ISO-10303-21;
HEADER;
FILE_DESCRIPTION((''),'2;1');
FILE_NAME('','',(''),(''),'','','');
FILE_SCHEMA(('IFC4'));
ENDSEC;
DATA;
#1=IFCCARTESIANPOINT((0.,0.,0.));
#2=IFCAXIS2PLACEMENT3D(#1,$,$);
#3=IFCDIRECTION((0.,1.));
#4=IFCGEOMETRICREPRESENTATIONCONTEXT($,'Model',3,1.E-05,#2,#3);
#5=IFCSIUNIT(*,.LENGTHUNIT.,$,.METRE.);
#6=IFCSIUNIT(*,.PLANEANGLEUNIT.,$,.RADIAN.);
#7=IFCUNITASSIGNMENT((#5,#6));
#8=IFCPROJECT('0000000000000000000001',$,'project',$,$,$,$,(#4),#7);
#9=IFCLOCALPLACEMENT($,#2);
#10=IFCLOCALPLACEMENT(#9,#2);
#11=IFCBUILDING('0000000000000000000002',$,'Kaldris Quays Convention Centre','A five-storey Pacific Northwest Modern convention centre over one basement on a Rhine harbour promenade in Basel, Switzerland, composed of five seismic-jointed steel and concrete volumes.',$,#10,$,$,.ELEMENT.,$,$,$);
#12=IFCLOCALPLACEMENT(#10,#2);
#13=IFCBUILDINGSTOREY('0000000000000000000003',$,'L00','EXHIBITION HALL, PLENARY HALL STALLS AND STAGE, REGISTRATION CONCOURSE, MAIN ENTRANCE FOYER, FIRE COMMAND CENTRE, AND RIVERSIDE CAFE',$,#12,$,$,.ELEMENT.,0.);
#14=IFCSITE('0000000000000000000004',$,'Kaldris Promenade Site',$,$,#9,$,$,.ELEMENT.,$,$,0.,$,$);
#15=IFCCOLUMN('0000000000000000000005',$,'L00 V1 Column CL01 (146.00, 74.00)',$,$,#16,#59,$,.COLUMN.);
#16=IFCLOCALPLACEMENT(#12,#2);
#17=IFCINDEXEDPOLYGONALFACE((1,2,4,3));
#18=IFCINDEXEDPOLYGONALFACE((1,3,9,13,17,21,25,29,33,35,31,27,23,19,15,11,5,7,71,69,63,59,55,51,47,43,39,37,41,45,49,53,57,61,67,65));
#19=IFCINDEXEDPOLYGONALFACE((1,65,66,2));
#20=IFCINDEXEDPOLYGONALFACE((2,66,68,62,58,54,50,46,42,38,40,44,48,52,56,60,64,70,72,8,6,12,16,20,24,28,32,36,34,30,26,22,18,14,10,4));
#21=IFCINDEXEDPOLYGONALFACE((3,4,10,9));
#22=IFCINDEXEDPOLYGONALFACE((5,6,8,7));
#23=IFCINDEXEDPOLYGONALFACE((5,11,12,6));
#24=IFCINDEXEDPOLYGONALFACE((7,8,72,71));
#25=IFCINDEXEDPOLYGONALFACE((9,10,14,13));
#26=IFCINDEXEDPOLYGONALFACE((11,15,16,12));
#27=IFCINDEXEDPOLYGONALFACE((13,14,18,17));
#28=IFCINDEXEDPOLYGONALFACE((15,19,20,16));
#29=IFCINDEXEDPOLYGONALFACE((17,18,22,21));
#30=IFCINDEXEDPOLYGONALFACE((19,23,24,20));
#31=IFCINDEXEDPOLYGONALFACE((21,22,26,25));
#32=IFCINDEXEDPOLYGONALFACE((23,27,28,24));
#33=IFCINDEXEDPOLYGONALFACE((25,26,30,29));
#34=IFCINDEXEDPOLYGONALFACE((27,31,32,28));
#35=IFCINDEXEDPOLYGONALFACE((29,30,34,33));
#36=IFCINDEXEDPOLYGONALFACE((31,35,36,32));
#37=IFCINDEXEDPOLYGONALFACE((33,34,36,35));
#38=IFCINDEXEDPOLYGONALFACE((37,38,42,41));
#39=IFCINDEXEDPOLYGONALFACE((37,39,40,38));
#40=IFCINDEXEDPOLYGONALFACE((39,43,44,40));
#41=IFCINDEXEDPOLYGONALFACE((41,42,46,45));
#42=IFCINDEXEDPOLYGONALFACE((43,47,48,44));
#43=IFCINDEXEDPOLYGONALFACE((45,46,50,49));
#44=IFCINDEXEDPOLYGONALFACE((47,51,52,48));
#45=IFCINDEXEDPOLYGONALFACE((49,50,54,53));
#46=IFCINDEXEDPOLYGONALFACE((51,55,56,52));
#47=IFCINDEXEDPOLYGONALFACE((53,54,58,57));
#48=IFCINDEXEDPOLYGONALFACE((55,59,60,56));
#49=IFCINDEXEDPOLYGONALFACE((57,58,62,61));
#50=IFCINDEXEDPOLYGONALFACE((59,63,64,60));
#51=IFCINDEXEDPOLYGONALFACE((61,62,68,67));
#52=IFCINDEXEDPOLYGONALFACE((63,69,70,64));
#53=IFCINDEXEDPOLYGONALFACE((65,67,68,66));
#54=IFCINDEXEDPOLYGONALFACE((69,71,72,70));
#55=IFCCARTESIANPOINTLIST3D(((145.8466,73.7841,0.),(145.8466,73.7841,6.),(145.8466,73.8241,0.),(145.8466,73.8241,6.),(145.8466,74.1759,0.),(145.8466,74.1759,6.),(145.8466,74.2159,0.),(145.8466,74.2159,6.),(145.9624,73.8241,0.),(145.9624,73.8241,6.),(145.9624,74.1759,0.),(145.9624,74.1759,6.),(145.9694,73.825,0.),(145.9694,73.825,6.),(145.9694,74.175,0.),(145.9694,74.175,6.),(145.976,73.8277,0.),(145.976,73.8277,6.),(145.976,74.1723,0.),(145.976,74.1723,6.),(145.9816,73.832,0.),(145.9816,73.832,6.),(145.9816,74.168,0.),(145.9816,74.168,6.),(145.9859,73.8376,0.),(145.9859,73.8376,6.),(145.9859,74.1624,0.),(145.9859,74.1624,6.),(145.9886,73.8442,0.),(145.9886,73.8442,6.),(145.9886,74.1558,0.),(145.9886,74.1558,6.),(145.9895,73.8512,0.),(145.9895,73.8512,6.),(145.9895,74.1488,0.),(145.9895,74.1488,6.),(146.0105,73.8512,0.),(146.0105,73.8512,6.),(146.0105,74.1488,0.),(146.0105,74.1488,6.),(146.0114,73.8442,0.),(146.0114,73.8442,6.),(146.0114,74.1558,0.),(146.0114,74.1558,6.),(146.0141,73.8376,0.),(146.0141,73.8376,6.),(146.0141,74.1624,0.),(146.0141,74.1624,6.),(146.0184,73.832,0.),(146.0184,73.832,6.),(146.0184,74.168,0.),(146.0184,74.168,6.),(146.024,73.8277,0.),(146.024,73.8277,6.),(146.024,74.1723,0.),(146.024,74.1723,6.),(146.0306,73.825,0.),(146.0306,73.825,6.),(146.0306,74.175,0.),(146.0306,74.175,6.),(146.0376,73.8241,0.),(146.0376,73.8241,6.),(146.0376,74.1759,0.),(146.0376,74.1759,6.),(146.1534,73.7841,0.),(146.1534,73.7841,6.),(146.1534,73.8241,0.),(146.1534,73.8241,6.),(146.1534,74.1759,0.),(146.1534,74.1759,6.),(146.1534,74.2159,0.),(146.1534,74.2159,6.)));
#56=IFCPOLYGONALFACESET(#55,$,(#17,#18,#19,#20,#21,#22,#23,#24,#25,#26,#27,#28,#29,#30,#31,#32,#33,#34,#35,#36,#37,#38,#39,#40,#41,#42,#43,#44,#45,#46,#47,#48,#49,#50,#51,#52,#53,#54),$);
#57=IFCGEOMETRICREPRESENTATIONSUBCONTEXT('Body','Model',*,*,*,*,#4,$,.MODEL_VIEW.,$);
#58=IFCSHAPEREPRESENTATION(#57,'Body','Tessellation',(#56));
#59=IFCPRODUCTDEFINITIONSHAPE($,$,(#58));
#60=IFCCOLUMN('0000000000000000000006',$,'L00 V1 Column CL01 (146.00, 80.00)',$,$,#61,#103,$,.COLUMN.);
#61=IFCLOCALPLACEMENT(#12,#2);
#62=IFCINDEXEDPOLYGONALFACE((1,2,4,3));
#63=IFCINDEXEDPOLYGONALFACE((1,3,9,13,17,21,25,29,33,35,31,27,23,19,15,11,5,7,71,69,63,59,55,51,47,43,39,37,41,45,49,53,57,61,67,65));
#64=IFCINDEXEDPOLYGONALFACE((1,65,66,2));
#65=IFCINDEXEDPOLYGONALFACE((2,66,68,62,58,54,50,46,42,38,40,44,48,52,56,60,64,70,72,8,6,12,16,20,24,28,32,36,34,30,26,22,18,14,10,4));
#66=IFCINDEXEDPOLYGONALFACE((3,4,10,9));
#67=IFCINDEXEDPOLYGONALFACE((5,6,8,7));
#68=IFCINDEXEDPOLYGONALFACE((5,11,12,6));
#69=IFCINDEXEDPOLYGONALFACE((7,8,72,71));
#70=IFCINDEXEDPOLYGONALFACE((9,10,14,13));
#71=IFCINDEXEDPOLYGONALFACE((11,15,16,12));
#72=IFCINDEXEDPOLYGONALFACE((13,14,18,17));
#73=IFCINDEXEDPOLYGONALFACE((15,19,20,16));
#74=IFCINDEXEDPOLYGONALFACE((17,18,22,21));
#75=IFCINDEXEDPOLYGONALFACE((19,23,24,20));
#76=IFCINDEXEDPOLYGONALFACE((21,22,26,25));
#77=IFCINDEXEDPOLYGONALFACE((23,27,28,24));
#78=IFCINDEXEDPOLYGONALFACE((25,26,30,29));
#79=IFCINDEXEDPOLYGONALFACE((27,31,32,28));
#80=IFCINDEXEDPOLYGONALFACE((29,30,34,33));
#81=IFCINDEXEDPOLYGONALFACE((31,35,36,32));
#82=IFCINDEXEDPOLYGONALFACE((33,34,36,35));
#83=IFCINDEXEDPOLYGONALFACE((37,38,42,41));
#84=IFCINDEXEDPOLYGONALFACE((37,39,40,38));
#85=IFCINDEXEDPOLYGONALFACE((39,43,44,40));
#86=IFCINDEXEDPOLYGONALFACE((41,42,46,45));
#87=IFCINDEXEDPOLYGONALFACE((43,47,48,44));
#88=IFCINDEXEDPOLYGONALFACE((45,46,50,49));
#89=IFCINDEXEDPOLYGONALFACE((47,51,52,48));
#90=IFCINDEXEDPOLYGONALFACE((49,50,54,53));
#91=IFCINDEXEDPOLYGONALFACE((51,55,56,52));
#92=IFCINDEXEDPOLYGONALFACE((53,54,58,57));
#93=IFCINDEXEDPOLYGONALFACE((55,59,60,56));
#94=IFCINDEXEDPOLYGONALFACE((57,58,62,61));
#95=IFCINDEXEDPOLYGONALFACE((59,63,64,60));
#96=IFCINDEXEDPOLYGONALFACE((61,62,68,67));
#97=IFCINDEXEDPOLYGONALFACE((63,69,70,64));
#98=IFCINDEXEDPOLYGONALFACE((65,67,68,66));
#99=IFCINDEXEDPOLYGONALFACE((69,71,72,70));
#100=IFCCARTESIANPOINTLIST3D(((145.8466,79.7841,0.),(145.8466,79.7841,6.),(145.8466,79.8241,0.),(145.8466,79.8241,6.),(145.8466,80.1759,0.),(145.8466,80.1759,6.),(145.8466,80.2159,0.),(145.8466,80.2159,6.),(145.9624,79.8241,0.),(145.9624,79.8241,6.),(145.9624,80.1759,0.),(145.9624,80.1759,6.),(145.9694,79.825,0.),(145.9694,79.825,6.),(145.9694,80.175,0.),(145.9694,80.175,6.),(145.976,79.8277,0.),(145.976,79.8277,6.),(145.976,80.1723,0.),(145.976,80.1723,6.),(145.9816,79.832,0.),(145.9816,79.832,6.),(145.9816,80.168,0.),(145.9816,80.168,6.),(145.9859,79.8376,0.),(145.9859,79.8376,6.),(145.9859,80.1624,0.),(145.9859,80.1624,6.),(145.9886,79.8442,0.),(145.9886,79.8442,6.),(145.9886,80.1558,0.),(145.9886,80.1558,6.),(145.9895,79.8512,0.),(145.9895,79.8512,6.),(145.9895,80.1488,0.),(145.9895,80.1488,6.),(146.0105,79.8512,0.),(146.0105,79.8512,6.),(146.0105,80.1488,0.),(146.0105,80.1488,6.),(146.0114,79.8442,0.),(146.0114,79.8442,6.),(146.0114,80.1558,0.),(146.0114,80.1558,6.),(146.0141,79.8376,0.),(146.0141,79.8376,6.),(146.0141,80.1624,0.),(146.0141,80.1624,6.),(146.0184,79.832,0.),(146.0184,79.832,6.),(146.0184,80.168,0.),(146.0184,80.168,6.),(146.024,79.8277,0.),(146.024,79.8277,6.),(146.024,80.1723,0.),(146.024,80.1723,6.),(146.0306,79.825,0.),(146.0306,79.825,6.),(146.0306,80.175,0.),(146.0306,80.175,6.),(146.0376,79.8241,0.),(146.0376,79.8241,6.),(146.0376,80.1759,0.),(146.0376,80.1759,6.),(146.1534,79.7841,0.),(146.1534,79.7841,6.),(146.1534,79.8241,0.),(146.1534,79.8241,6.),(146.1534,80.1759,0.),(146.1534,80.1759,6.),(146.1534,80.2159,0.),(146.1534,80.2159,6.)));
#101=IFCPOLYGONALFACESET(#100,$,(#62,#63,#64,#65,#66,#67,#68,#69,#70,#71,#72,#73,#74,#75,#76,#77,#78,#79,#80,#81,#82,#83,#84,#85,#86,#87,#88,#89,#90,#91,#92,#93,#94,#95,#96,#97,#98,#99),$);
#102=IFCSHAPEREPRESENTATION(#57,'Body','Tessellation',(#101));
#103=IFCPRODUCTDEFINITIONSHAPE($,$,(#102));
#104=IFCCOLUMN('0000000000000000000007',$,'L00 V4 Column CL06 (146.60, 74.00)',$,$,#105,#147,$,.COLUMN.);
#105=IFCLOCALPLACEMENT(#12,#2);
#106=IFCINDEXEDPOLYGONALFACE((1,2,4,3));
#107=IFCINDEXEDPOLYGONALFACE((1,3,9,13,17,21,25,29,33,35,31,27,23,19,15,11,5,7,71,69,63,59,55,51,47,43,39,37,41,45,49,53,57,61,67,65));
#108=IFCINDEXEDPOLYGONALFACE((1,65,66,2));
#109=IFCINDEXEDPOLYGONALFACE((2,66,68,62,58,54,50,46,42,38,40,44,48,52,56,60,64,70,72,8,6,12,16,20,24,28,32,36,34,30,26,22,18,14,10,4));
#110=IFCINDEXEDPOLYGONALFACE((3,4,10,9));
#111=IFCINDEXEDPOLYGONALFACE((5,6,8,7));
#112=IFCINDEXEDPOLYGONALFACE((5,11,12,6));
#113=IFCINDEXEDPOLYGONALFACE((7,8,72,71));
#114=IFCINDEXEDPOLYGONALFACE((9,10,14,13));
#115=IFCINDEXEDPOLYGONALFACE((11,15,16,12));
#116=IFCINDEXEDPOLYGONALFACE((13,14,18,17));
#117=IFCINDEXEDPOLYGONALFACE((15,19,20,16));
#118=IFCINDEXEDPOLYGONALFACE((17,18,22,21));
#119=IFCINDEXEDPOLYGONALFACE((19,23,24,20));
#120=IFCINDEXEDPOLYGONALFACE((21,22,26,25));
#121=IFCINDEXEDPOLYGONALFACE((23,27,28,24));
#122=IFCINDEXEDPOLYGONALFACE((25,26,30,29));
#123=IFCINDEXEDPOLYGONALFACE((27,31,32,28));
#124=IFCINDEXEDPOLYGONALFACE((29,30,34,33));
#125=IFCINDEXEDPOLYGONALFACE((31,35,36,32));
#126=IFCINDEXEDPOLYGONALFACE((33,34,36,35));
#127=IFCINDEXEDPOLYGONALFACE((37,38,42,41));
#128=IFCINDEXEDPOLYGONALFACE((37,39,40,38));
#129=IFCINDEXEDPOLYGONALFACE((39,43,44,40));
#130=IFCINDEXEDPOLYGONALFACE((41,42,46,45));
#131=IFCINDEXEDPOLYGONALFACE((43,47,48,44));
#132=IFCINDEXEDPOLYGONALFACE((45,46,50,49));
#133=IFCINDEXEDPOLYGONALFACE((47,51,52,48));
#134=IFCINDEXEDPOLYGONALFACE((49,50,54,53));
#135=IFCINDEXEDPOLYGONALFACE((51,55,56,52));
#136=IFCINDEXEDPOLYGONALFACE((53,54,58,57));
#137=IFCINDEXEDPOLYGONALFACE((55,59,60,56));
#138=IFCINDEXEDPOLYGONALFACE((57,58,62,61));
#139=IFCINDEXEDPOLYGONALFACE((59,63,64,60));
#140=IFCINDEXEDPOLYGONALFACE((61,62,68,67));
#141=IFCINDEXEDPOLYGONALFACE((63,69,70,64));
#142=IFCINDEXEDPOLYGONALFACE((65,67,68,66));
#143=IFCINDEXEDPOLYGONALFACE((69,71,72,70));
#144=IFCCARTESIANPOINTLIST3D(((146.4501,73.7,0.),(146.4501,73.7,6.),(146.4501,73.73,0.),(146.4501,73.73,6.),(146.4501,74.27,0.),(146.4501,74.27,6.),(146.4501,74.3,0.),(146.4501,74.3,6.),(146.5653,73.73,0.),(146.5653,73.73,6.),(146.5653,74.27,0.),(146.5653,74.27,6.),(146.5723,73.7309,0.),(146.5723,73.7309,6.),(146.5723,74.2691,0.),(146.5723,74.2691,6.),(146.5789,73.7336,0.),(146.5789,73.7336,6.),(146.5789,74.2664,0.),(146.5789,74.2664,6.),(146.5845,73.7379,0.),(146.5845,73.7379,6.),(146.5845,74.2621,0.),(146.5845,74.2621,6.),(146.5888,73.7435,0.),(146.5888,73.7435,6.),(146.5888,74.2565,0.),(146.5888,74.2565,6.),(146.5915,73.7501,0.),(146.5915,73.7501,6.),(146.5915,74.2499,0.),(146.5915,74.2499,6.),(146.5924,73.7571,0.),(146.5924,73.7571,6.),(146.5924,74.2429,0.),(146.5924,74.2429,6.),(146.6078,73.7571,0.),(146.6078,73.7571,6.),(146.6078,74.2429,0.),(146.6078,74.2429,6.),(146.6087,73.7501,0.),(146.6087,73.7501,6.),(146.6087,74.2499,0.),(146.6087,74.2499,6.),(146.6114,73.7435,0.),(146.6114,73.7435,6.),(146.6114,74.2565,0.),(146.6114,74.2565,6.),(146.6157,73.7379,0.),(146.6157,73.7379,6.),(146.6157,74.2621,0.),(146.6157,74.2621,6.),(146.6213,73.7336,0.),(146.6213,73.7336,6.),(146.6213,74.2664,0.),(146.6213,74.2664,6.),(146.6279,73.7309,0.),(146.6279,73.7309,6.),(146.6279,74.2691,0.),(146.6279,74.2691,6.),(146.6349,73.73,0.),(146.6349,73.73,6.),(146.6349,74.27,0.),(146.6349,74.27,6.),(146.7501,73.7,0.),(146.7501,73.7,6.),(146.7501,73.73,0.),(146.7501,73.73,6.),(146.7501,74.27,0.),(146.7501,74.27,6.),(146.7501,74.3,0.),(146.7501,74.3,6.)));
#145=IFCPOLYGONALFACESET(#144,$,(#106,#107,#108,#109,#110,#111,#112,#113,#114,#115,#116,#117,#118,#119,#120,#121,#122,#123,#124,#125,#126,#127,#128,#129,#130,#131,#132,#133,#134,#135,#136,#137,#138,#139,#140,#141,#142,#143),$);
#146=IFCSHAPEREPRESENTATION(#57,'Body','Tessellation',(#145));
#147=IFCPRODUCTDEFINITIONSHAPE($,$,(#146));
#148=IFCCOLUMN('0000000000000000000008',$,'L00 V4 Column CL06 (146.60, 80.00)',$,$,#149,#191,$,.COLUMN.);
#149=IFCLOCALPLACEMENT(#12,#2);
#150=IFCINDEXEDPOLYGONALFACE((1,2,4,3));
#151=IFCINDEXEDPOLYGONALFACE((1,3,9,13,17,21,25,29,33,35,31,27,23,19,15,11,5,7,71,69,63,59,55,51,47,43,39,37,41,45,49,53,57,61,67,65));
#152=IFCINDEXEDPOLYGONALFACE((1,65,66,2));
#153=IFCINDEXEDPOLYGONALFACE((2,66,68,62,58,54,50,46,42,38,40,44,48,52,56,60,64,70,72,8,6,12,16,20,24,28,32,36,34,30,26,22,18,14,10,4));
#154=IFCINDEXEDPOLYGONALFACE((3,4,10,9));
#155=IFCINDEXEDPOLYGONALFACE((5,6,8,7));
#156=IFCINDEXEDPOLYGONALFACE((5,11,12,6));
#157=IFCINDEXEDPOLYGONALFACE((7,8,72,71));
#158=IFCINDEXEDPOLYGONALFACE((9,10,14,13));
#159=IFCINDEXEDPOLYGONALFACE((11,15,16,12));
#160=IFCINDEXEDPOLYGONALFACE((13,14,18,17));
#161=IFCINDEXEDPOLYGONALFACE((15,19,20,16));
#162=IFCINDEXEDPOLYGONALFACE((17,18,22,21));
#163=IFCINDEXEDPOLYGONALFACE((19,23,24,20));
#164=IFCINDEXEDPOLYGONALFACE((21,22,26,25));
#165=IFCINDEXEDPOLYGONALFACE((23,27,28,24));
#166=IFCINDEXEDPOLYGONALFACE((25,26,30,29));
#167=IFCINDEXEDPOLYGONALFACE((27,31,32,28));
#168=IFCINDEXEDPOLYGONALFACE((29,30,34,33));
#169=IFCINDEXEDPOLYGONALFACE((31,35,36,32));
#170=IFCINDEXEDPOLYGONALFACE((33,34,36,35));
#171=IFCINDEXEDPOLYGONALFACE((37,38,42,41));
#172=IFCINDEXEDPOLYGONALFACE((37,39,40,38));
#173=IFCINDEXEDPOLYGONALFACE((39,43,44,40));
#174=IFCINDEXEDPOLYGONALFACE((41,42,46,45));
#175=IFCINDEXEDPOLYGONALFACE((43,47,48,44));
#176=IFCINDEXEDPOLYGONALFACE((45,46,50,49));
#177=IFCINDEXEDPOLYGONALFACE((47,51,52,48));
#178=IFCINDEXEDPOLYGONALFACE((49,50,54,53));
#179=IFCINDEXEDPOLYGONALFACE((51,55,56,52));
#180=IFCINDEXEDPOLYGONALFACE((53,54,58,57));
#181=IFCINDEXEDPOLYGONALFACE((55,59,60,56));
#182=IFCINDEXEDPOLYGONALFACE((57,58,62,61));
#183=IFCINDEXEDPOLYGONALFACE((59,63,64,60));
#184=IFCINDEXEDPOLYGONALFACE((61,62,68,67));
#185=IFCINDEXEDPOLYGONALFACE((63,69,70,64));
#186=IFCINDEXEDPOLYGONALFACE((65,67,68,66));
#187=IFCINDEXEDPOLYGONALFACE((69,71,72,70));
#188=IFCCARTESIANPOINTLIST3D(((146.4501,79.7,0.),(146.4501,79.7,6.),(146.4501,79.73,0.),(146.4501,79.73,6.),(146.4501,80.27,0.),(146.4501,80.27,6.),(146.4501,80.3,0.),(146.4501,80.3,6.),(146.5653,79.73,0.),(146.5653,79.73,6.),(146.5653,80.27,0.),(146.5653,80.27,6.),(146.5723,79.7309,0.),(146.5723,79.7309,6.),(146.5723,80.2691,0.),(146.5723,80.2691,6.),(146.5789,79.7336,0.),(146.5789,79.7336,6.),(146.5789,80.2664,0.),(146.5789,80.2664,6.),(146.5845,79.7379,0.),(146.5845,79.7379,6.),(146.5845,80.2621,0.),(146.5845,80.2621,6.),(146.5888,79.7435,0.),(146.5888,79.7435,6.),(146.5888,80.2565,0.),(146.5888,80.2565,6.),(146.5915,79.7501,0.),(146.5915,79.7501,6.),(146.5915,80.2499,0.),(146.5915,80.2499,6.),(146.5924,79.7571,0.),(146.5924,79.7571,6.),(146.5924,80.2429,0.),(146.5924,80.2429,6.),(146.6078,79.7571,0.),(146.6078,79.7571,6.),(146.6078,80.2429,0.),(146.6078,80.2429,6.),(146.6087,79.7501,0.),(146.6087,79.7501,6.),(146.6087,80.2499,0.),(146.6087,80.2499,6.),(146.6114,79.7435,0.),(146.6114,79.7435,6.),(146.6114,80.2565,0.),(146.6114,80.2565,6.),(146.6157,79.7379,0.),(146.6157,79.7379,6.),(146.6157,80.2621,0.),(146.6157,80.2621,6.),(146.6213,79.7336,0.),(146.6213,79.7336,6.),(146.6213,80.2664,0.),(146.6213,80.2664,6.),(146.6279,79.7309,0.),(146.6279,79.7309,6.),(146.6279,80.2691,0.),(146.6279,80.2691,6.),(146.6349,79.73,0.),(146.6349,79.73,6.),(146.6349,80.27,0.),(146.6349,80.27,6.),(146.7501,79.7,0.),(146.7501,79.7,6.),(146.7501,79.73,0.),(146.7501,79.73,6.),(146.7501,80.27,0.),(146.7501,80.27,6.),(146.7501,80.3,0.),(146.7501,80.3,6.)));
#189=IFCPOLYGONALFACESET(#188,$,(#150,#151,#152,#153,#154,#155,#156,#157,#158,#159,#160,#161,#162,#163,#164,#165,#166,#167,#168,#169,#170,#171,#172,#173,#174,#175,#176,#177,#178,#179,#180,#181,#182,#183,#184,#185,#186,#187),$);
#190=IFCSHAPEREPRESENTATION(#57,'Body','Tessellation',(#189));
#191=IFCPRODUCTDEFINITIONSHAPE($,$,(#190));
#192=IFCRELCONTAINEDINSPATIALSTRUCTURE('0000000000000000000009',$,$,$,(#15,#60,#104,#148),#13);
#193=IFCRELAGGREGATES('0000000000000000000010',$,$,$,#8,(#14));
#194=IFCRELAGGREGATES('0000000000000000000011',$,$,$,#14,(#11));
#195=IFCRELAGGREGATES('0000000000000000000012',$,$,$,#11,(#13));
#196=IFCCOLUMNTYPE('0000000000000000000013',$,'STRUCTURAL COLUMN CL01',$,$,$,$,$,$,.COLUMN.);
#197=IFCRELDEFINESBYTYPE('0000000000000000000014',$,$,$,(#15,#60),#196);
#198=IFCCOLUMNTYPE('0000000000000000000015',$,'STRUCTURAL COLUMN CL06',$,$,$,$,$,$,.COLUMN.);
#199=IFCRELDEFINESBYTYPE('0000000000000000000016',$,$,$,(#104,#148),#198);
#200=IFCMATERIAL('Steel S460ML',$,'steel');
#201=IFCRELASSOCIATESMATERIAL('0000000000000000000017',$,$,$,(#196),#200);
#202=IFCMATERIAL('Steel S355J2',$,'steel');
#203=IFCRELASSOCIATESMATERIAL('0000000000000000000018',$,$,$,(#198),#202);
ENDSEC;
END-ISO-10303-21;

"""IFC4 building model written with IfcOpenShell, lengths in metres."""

from ifc_helpers import new_model, si_unit, direction, frame, origin, origin_2d, place, context, subcontext, project, spatial, i_section, extrude, material, material_profile, profile_set, type_object, element, save


model = new_model("IFC4")

# Units and contexts
model_context = context("Model", 3, precision=1e-05, world=origin(), true_north=direction((0.0, 1.0)))
body_context = subcontext(model_context, "Body", "Model", "MODEL_VIEW")
ifc_project = project(units=[si_unit("LENGTHUNIT", "METRE"), si_unit("PLANEANGLEUNIT", "RADIAN")], contexts=[model_context])

# Site, building, storey
site_placement = place(None, origin())
site = spatial("IfcSite", under=ifc_project, at=site_placement, Name="Kaldris Promenade Site", CompositionType="ELEMENT", RefElevation=0.0)
building_placement = place(site_placement, origin())
building = spatial("IfcBuilding", under=site, at=building_placement, Name="Kaldris Quays Convention Centre", Description="A five-storey Pacific Northwest Modern convention centre over one basement on a Rhine harbour promenade in Basel, Switzerland, composed of five seismic-jointed steel and concrete volumes.", CompositionType="ELEMENT")
storey_placement = place(building_placement, origin())
storey = spatial("IfcBuildingStorey", under=building, at=storey_placement, Name="L00", Description="EXHIBITION HALL, PLENARY HALL STALLS AND STAGE, REGISTRATION CONCOURSE, MAIN ENTRANCE FOYER, FIRE COMMAND CENTRE, AND RIVERSIDE CAFE", CompositionType="ELEMENT", Elevation=0.0)

# Columns
ifc_material_1 = material(Name="Steel S460ML", Category="steel")
ifc_material_profile_1 = material_profile(ifc_material_1, i_section(OverallWidth=0.3069, OverallDepth=0.4319, WebThickness=0.021, FlangeThickness=0.04, FilletRadius=0.0271, at=origin_2d()), Name="HEM 400")
ifc_profile_set_1 = profile_set([ifc_material_profile_1], Name="Steel S460ML")
column_type_1 = type_object("IfcColumnType", Name="STRUCTURAL COLUMN CL01", PredefinedType="COLUMN", material=ifc_profile_set_1)
for number, where, z_axis, x_axis, name in (
    (1, (146.0, 74.0, 0.0), (0.0, 0.0, 1.0), (1.0, 0.0, 0.0), "L00 V1 Column CL01 (146.00, 74.00)"),
    (2, (146.0, 80.0, 0.0), (0.0, 0.0, 1.0), (1.0, 0.0, 0.0), "L00 V1 Column CL01 (146.00, 80.00)"),
):
    element("IfcColumn", number, at=place(storey_placement, frame(where, z_axis=z_axis, x_axis=x_axis)), inside=storey, type_object=column_type_1, Name=name, PredefinedType="COLUMN", context=body_context, shape_type="SweptSolid", body=[
        extrude(i_section(OverallWidth=0.3069, OverallDepth=0.4319, WebThickness=0.021, FlangeThickness=0.04, FilletRadius=0.0271, at=origin_2d()), origin(), (0.0, 0.0, 1.0), 6.0),
    ])
ifc_material_2 = material(Name="Steel S355J2", Category="steel")
ifc_material_profile_2 = material_profile(ifc_material_2, i_section(OverallWidth=0.3, OverallDepth=0.6001, WebThickness=0.0154, FlangeThickness=0.03, FilletRadius=0.0271, at=origin_2d()), Name="HEB 600")
ifc_profile_set_2 = profile_set([ifc_material_profile_2], Name="Steel S355J2")
column_type_2 = type_object("IfcColumnType", Name="STRUCTURAL COLUMN CL06", PredefinedType="COLUMN", material=ifc_profile_set_2)
for number, where, z_axis, x_axis, name in (
    (3, (146.6001, 74.0, 0.0), (0.0, 0.0, 1.0), (1.0, 0.0, 0.0), "L00 V4 Column CL06 (146.60, 74.00)"),
    (4, (146.6001, 80.0, 0.0), (0.0, 0.0, 1.0), (1.0, 0.0, 0.0), "L00 V4 Column CL06 (146.60, 80.00)"),
):
    element("IfcColumn", number, at=place(storey_placement, frame(where, z_axis=z_axis, x_axis=x_axis)), inside=storey, type_object=column_type_2, Name=name, PredefinedType="COLUMN", context=body_context, shape_type="SweptSolid", body=[
        extrude(i_section(OverallWidth=0.3, OverallDepth=0.6001, WebThickness=0.0154, FlangeThickness=0.03, FilletRadius=0.0271, at=origin_2d()), origin(), (0.0, 0.0, 1.0), 6.0),
    ])

save(model, "model.ifc")
